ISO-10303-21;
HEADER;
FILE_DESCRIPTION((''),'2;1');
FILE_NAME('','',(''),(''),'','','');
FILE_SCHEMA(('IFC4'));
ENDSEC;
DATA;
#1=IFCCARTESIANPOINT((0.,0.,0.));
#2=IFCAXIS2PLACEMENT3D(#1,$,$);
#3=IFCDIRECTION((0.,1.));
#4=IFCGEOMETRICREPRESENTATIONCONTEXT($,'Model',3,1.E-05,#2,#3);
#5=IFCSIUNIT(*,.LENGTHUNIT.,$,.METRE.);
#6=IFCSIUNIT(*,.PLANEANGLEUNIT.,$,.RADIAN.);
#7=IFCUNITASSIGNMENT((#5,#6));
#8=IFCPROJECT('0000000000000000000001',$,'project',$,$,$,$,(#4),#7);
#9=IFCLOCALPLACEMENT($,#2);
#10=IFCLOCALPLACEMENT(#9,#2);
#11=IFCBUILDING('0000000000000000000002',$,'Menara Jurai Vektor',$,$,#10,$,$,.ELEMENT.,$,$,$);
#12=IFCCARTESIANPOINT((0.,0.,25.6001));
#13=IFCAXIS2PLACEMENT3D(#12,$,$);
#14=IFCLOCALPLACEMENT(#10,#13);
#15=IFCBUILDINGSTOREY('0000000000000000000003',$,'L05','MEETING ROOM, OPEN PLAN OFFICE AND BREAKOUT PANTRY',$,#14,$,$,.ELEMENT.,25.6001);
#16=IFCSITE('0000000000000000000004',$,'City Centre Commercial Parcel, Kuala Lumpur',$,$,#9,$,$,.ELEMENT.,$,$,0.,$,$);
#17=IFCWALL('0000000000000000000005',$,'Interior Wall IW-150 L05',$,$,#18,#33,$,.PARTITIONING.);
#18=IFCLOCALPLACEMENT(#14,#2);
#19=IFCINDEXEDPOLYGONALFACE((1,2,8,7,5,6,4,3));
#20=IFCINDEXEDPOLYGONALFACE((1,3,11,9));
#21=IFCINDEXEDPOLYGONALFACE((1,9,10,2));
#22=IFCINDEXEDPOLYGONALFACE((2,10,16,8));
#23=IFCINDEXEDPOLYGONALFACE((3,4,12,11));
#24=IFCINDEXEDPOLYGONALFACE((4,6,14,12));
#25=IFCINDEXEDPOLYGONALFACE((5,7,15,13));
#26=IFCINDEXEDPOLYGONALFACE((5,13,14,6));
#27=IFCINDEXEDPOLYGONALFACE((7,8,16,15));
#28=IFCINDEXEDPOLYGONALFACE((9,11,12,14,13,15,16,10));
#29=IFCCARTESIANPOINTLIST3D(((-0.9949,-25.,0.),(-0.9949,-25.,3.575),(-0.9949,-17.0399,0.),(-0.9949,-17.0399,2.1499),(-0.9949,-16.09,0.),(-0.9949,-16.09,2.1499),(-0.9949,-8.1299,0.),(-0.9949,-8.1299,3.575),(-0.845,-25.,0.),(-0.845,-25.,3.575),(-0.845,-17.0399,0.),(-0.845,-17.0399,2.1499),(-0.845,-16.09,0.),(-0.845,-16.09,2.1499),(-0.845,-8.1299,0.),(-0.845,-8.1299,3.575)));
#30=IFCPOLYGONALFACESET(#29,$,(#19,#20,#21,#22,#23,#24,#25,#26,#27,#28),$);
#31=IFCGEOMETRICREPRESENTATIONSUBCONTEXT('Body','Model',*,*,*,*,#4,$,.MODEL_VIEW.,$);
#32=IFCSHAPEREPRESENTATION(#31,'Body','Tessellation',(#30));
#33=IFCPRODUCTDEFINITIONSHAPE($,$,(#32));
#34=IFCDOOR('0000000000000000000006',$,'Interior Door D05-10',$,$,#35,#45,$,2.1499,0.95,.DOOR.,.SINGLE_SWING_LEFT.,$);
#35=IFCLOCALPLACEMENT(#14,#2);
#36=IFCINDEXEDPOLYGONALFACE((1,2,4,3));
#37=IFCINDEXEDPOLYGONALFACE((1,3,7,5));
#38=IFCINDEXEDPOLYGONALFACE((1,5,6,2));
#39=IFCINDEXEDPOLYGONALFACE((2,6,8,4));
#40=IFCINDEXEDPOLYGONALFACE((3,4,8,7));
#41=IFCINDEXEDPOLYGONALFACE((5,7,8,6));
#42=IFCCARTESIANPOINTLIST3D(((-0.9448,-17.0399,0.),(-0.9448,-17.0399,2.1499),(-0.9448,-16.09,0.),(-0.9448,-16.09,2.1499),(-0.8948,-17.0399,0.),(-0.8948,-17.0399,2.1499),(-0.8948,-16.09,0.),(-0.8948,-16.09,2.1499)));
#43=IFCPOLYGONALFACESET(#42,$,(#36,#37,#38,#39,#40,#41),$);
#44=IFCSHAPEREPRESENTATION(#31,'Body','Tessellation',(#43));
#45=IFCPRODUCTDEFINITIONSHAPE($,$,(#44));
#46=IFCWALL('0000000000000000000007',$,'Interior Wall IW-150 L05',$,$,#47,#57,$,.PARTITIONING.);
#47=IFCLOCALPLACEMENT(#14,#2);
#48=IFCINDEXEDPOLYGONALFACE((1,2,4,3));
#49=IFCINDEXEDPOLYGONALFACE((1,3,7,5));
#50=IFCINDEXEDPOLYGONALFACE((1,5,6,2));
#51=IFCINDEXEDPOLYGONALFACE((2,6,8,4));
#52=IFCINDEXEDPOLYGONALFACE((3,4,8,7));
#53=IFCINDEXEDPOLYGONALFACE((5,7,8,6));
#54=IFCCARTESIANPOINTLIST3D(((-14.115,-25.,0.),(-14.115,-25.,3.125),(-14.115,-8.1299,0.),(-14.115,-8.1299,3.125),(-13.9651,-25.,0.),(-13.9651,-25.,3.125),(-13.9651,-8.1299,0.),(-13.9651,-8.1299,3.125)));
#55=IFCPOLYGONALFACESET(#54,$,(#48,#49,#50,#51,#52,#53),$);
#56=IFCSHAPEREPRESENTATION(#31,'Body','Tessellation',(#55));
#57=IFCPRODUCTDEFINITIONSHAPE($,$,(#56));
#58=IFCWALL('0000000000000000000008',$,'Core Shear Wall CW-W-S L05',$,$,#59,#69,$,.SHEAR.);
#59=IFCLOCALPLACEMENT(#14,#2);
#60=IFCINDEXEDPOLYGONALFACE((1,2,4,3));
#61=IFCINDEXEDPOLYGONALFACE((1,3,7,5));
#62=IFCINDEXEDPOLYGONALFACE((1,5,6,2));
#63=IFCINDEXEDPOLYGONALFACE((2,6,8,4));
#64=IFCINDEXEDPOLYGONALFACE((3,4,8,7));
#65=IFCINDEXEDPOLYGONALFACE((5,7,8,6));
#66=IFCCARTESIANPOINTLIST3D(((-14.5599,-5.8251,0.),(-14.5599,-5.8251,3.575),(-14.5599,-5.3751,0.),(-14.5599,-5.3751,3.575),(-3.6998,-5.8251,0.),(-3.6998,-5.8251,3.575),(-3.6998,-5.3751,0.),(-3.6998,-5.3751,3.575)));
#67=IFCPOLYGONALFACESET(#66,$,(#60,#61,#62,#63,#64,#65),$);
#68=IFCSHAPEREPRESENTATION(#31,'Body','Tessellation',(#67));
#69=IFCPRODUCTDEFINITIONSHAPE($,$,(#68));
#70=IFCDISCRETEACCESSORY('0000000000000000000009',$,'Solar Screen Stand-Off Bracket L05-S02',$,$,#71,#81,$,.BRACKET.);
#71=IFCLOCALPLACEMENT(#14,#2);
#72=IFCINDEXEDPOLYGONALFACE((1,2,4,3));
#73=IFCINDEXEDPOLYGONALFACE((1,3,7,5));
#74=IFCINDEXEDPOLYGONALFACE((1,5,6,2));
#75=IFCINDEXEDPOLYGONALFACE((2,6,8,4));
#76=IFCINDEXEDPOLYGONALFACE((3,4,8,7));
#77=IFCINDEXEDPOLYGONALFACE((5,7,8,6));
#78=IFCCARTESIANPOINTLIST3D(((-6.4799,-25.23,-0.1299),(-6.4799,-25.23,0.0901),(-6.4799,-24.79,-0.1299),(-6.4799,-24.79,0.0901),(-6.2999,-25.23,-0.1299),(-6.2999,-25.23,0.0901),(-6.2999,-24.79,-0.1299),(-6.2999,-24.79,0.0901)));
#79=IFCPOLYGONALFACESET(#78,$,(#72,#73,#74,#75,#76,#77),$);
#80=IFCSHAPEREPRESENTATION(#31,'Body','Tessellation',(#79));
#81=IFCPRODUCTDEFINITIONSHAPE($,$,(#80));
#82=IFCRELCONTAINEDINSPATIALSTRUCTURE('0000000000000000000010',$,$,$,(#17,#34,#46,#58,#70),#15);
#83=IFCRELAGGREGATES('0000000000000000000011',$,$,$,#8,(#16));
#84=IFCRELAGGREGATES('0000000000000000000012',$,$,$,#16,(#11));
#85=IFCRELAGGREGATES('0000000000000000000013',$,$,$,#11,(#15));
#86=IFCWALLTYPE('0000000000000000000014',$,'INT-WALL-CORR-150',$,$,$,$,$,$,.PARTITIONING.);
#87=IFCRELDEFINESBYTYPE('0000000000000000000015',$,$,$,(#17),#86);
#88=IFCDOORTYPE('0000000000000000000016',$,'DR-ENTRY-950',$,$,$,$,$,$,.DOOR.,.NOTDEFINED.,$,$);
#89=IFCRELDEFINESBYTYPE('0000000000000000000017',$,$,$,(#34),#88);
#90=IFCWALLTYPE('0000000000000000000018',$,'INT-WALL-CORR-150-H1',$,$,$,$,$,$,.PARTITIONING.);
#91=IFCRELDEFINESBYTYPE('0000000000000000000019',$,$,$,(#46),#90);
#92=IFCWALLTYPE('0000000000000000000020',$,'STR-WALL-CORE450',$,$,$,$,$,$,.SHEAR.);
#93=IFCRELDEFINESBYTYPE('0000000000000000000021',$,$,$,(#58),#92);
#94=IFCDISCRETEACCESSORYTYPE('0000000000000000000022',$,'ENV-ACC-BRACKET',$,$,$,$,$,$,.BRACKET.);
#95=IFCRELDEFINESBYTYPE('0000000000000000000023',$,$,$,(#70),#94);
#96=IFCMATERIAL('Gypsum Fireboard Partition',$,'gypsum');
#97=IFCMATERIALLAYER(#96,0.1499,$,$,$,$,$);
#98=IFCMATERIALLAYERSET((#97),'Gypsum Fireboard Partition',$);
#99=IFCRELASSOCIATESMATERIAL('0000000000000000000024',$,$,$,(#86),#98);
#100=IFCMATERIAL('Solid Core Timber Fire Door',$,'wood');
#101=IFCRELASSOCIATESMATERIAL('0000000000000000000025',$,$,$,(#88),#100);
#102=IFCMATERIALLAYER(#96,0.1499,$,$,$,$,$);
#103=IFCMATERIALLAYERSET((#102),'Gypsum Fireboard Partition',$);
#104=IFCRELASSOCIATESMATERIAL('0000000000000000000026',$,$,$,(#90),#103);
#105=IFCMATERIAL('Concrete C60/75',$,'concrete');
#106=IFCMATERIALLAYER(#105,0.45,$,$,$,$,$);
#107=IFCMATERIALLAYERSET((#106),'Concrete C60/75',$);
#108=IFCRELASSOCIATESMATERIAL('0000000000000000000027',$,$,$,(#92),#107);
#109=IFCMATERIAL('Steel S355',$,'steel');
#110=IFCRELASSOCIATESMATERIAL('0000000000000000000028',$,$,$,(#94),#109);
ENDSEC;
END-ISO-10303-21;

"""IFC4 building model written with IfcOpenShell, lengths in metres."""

from ifc_helpers import new_model, si_unit, direction, frame, frame_2d, origin, origin_2d, place, context, subcontext, project, spatial, rectangle, extrude, material, layer, layer_set, type_object, element, fill, save


model = new_model("IFC4")

# Units and contexts
model_context = context("Model", 3, precision=1e-05, world=origin(), true_north=direction((0.0, 1.0)))
body_context = subcontext(model_context, "Body", "Model", "MODEL_VIEW")
ifc_project = project(units=[si_unit("LENGTHUNIT", "METRE"), si_unit("PLANEANGLEUNIT", "RADIAN")], contexts=[model_context])

# Site, building, storey
site_placement = place(None, origin())
site = spatial("IfcSite", under=ifc_project, at=site_placement, Name="City Centre Commercial Parcel, Kuala Lumpur", CompositionType="ELEMENT", RefElevation=0.0)
building_placement = place(site_placement, origin())
building = spatial("IfcBuilding", under=site, at=building_placement, Name="Menara Jurai Vektor", CompositionType="ELEMENT")
storey_placement = place(building_placement, frame((0.0, 0.0, 25.6001)))
storey = spatial("IfcBuildingStorey", under=building, at=storey_placement, Name="L05", Description="MEETING ROOM, OPEN PLAN OFFICE AND BREAKOUT PANTRY", CompositionType="ELEMENT", Elevation=25.6001)

# Shared definitions
ifc_material_1 = material(Name="Concrete C60/75", Category="concrete")

# Shared definitions
ifc_material_2 = material(Name="Steel S355", Category="steel")

# Shared definitions
ifc_material_3 = material(Name="Gypsum Fireboard Partition", Category="gypsum")
ifc_layer_1 = layer(ifc_material_3, 0.1499)
ifc_layer_set_1 = layer_set([ifc_layer_1], Name="Gypsum Fireboard Partition")
wall_type_1 = type_object("IfcWallType", Name="INT-WALL-CORR-150", PredefinedType="PARTITIONING", material=ifc_layer_set_1)

# Shared definitions
ifc_material_4 = material(Name="Solid Core Timber Fire Door", Category="wood")
door_type = type_object("IfcDoorType", Name="DR-ENTRY-950", OperationType="NOTDEFINED", PredefinedType="DOOR", material=ifc_material_4)

# Wall, opening, door
wall_1_placement = place(storey_placement, frame((-0.9199, -25.0, 0.0), z_axis=(0.0, 0.0, 1.0), x_axis=(0.0, 1.0, 0.0)))
wall_1 = element("IfcWall", 1, at=wall_1_placement, inside=storey, type_object=wall_type_1, Name="Interior Wall IW-150 L05", PredefinedType="PARTITIONING", context=body_context, shape_type="SweptSolid", body=[
    extrude(rectangle(XDim=16.8701, YDim=0.1499, at=frame_2d((8.4351, 0.0))), origin(), (0.0, 0.0, 1.0), 3.575),
])
opening_1_placement = place(wall_1_placement, frame((7.96, 0.0, 0.0)))
opening_1 = element("IfcOpeningElement", 2, at=opening_1_placement, cuts=wall_1, PredefinedType="OPENING", context=body_context, shape_type="SweptSolid", body=[
    extrude(rectangle(XDim=0.95, YDim=2.1499, at=frame_2d((0.4751, 1.075))), frame((0.0, 0.085, 0.0), z_axis=(0.0, -1.0, 0.0), x_axis=(1.0, 0.0, 0.0)), (0.0, 0.0, 1.0), 0.1699),
])
door_1_placement = place(opening_1_placement, origin())
door_1 = element("IfcDoor", 3, at=door_1_placement, inside=storey, type_object=door_type, Name="Interior Door D05-10", OperationType="SINGLE_SWING_LEFT", OverallHeight=2.1499, OverallWidth=0.95, PredefinedType="DOOR", context=body_context, shape_type="SweptSolid", body=[
    extrude(rectangle(XDim=0.95, YDim=2.1499, at=frame_2d((0.4751, 1.075))), frame((0.0, 0.0249, 0.0), z_axis=(0.0, -1.0, 0.0), x_axis=(1.0, 0.0, 0.0)), (0.0, 0.0, 1.0), 0.05),
])
fill(opening_1, door_1)

# Walls
ifc_layer_2 = layer(ifc_material_3, 0.1499)
ifc_layer_set_2 = layer_set([ifc_layer_2], Name="Gypsum Fireboard Partition")
wall_type_2 = type_object("IfcWallType", Name="INT-WALL-CORR-150-H1", PredefinedType="PARTITIONING", material=ifc_layer_set_2)
wall_2_placement = place(storey_placement, frame((-14.04, -25.0, 0.0), z_axis=(0.0, 0.0, 1.0), x_axis=(0.0, 1.0, 0.0)))
element("IfcWall", 4, at=wall_2_placement, inside=storey, type_object=wall_type_2, Name="Interior Wall IW-150 L05", PredefinedType="PARTITIONING", context=body_context, shape_type="SweptSolid", body=[
    extrude(rectangle(XDim=16.8701, YDim=0.1499, at=frame_2d((8.4351, 0.0))), origin(), (0.0, 0.0, 1.0), 3.125),
])
ifc_layer_3 = layer(ifc_material_1, 0.45)
ifc_layer_set_3 = layer_set([ifc_layer_3], Name="Concrete C60/75")
wall_type_3 = type_object("IfcWallType", Name="STR-WALL-CORE450", PredefinedType="SHEAR", material=ifc_layer_set_3)
wall_3_placement = place(storey_placement, frame((-14.5601, -5.6001, 0.0), z_axis=(0.0, 0.0, 1.0), x_axis=(1.0, 0.0, 0.0)))
element("IfcWall", 5, at=wall_3_placement, inside=storey, type_object=wall_type_3, Name="Core Shear Wall CW-W-S L05", PredefinedType="SHEAR", context=body_context, shape_type="SweptSolid", body=[
    extrude(rectangle(XDim=10.8601, YDim=0.45, at=frame_2d((5.4302, 0.0))), origin(), (0.0, 0.0, 1.0), 3.575),
])

# Discrete accessory
discrete_accessory_type = type_object("IfcDiscreteAccessoryType", Name="ENV-ACC-BRACKET", PredefinedType="BRACKET", material=ifc_material_2)
discrete_accessory_placement = place(storey_placement, frame((-6.3899, -25.01, -0.1299), z_axis=(0.0, 0.0, 1.0), x_axis=(1.0, 0.0, 0.0)))
element("IfcDiscreteAccessory", 6, at=discrete_accessory_placement, inside=storey, type_object=discrete_accessory_type, Name="Solar Screen Stand-Off Bracket L05-S02", PredefinedType="BRACKET", context=body_context, shape_type="SweptSolid", body=[
    extrude(rectangle(XDim=0.1799, YDim=0.4399, at=origin_2d()), origin(), (0.0, 0.0, 1.0), 0.22),
])

save(model, "model.ifc")
